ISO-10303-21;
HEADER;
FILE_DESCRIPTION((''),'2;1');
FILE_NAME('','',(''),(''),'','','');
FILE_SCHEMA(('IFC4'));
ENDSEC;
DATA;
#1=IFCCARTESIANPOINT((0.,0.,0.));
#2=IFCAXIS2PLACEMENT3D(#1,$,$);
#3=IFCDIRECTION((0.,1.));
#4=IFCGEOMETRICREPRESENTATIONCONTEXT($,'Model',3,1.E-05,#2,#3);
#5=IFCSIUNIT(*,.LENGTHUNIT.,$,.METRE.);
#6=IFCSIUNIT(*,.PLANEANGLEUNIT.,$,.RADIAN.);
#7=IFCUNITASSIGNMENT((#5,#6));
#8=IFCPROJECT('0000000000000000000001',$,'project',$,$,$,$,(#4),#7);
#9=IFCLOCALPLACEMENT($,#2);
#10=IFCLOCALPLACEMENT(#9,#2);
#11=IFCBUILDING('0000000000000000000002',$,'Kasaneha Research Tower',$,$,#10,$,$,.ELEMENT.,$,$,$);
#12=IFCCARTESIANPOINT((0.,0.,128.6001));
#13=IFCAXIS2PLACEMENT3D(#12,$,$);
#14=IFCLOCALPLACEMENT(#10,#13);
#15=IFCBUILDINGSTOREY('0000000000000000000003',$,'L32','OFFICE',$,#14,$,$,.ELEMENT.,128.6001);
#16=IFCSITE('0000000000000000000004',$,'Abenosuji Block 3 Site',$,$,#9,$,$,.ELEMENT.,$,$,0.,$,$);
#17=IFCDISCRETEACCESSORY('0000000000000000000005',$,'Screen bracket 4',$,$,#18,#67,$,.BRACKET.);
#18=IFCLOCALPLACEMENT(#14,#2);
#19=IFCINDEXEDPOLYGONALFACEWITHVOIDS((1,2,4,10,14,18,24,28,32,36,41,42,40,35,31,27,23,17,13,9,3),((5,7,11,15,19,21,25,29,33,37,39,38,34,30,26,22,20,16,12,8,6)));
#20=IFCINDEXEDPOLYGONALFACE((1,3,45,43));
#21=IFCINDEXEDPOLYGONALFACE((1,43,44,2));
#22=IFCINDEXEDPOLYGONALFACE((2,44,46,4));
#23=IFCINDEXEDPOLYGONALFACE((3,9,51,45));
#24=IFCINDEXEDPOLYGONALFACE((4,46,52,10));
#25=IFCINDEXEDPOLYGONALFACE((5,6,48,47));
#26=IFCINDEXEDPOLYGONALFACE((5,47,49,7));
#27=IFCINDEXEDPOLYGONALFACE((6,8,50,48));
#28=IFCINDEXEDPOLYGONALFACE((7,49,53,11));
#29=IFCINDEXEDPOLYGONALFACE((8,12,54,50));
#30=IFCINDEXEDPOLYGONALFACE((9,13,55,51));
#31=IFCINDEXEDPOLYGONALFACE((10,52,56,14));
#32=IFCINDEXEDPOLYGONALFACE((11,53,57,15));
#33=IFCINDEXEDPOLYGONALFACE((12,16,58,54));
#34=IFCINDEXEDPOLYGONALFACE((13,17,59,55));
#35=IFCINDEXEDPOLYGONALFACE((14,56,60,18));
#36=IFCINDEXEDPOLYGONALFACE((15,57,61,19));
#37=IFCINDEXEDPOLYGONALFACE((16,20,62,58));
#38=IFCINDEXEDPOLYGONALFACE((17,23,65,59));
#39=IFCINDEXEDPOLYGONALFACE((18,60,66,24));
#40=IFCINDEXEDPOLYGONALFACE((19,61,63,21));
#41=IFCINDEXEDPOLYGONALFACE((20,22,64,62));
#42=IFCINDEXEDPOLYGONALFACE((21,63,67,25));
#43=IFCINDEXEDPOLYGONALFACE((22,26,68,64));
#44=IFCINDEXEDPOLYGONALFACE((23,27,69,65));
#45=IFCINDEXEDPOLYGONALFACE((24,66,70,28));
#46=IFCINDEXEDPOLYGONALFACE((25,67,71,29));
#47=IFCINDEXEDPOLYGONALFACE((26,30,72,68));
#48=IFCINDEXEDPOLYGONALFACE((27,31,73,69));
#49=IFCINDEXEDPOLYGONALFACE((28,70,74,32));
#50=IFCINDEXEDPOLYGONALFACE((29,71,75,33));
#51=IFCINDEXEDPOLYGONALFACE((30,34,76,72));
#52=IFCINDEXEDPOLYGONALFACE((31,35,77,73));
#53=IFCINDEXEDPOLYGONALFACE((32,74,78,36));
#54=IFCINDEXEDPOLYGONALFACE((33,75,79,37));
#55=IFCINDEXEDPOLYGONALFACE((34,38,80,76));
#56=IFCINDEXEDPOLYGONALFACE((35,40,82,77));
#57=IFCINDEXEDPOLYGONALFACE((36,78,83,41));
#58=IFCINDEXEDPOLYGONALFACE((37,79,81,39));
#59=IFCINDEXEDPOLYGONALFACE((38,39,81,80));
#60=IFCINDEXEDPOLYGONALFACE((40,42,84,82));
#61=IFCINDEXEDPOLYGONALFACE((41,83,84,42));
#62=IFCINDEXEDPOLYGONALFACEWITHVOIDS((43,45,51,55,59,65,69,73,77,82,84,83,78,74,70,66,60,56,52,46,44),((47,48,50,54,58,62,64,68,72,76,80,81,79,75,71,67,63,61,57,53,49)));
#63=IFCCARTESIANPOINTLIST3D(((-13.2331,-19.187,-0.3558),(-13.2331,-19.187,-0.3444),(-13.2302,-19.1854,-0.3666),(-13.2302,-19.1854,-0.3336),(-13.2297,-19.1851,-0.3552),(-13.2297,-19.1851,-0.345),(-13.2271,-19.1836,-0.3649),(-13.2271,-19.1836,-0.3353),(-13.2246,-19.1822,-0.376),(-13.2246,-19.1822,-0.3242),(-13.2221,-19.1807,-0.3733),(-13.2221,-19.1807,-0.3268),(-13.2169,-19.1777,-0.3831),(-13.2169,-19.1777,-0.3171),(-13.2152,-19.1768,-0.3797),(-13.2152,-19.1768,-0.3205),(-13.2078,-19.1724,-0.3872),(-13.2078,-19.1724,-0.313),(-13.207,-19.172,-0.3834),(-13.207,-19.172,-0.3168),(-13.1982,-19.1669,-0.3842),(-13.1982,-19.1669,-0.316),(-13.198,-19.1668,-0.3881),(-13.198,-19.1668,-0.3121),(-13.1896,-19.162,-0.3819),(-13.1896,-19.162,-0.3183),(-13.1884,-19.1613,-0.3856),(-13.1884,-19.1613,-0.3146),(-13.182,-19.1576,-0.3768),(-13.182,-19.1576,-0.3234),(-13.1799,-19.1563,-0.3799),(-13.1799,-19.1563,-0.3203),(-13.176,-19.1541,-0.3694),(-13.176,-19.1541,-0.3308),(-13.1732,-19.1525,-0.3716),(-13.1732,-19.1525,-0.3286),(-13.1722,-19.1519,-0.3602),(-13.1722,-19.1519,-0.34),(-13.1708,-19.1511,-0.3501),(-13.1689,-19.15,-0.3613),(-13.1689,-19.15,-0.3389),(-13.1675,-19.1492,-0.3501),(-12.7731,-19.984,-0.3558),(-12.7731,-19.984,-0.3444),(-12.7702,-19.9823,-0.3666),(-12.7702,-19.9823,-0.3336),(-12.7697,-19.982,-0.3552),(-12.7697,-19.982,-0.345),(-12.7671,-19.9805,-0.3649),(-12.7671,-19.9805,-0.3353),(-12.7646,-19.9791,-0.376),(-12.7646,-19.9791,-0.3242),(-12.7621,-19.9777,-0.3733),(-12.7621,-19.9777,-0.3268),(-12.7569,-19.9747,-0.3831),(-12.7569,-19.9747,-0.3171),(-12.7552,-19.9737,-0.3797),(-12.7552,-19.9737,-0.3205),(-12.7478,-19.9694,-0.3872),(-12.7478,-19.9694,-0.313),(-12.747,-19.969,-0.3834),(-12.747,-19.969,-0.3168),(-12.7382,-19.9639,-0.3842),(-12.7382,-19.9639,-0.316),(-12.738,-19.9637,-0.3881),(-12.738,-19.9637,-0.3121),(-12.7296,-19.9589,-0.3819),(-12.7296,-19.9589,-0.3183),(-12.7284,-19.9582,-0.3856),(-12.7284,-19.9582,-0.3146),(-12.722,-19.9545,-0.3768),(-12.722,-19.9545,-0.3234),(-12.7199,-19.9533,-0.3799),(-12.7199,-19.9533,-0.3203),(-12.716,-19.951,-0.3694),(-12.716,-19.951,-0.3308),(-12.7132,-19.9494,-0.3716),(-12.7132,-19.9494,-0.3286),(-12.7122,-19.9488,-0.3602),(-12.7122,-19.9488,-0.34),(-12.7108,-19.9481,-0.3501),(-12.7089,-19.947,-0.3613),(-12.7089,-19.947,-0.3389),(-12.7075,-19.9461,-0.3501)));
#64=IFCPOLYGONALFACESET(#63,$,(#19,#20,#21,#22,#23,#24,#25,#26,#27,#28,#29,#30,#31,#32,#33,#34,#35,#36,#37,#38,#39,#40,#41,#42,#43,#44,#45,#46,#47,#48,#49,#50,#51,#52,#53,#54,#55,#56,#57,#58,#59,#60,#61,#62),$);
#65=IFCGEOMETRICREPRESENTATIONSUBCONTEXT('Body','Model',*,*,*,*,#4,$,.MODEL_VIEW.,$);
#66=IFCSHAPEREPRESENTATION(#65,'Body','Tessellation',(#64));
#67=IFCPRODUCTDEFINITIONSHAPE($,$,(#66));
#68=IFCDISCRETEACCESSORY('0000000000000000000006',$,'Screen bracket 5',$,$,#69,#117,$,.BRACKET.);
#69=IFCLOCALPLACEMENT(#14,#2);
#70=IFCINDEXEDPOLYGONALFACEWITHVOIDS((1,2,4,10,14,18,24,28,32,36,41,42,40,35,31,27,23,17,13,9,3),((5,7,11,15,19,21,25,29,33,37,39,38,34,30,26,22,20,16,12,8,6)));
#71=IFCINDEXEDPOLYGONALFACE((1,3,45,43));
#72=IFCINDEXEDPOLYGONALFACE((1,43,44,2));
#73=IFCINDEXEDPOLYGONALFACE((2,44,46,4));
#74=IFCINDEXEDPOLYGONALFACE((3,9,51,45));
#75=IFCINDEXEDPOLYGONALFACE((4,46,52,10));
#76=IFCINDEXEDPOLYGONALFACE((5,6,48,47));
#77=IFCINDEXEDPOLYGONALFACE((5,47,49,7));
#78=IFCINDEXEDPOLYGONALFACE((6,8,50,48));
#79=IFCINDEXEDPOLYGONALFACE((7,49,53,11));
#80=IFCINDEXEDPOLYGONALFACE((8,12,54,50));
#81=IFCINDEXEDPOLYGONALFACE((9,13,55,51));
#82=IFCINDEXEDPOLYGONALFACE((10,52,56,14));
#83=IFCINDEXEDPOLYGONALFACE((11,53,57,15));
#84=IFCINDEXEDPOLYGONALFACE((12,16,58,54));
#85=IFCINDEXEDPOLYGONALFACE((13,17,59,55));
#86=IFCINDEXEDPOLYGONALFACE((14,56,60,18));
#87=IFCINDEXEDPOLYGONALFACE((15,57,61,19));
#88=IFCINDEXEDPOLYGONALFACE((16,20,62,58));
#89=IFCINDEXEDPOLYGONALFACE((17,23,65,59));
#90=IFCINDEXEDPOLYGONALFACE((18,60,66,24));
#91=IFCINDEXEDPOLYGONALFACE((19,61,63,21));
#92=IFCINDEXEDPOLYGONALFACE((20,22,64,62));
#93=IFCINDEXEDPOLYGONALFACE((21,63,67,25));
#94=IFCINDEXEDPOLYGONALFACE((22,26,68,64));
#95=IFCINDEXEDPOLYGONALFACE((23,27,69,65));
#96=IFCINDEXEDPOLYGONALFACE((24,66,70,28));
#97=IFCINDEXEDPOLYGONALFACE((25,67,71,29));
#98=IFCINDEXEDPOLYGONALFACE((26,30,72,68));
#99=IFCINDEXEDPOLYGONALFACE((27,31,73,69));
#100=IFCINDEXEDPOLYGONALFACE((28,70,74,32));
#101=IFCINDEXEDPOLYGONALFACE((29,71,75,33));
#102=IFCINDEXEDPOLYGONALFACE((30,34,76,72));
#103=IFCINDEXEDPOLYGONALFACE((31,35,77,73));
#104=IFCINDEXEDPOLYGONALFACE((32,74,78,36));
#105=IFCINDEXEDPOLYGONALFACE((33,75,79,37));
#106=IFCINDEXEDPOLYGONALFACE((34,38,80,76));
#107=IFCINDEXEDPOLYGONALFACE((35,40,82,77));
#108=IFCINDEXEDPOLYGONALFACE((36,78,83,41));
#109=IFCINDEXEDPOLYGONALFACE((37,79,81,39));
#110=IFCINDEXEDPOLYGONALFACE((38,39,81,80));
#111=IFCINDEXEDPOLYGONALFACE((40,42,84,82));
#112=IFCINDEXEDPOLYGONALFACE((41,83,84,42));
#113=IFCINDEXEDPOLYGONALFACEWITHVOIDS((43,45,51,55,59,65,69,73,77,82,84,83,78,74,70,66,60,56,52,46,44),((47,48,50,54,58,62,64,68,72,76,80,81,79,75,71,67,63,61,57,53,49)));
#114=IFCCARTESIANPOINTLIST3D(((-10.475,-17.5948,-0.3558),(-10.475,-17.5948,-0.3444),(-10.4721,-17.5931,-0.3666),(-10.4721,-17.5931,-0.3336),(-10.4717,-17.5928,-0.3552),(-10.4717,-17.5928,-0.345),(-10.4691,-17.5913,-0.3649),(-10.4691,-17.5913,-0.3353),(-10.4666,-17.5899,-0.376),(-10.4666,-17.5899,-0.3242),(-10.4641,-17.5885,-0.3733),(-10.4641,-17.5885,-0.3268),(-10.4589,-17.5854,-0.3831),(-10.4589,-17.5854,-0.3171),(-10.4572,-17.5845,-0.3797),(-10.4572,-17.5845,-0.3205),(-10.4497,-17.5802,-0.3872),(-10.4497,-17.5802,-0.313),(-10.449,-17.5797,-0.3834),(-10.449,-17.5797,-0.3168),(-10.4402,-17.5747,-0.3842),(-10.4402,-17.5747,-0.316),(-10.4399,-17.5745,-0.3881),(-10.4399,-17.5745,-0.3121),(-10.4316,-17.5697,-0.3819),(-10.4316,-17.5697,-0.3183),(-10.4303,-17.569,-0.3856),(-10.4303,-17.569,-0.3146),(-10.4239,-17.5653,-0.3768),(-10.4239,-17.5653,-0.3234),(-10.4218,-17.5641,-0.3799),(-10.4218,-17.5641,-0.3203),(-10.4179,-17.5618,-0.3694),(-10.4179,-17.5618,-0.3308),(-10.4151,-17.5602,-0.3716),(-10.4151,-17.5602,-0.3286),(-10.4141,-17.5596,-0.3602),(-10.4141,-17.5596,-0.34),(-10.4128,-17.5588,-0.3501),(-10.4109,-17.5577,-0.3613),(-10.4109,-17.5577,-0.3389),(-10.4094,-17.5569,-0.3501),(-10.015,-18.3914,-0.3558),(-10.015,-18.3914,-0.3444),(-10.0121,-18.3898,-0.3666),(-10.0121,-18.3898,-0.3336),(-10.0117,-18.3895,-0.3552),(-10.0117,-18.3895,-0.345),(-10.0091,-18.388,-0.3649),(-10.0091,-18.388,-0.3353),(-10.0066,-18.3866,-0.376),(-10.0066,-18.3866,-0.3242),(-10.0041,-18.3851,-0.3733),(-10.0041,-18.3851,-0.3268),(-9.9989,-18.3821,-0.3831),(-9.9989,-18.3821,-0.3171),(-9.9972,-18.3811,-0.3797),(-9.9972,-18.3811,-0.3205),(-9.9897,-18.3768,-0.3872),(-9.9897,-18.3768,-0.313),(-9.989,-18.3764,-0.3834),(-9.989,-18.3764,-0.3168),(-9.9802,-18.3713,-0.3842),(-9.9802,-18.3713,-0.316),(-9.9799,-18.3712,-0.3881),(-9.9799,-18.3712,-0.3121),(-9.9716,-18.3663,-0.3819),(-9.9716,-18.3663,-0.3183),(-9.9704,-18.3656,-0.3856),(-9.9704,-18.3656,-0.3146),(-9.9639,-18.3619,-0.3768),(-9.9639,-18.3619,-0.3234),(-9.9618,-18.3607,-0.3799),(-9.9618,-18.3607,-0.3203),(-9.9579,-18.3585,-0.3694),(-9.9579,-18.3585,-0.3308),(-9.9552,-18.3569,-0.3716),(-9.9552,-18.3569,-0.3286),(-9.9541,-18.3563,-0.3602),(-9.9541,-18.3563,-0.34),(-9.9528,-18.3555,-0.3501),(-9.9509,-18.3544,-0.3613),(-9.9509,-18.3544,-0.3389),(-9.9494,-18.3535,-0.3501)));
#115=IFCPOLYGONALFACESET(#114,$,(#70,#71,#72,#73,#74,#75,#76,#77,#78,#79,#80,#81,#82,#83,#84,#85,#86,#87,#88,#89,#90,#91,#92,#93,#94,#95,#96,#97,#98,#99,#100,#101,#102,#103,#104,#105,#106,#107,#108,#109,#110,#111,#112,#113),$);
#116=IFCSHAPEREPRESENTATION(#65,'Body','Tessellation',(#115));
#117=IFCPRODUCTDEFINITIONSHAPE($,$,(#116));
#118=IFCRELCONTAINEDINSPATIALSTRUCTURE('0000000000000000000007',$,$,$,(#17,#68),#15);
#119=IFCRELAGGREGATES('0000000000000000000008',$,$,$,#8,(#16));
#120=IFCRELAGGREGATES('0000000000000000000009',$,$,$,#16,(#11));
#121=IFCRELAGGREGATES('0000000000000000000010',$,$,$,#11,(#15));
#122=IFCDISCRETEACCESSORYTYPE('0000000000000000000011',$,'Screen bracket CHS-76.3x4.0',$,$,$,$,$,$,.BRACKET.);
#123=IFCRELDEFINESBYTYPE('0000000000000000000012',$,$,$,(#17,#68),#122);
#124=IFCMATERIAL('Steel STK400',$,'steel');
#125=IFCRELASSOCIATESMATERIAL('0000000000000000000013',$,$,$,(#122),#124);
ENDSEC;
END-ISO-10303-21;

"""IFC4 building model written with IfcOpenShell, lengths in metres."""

from ifc_helpers import new_model, si_unit, direction, frame, origin, origin_2d, place, context, subcontext, project, spatial, hollow_circle, extrude, material, material_profile, profile_set, type_object, element, save


model = new_model("IFC4")

# Units and contexts
model_context = context("Model", 3, precision=1e-05, world=origin(), true_north=direction((0.0, 1.0)))
body_context = subcontext(model_context, "Body", "Model", "MODEL_VIEW")
ifc_project = project(units=[si_unit("LENGTHUNIT", "METRE"), si_unit("PLANEANGLEUNIT", "RADIAN")], contexts=[model_context])

# Site, building, storey
site_placement = place(None, origin())
site = spatial("IfcSite", under=ifc_project, at=site_placement, Name="Abenosuji Block 3 Site", CompositionType="ELEMENT", RefElevation=0.0)
building_placement = place(site_placement, origin())
building = spatial("IfcBuilding", under=site, at=building_placement, Name="Kasaneha Research Tower", CompositionType="ELEMENT")
storey_placement = place(building_placement, frame((0.0, 0.0, 128.6001)))
storey = spatial("IfcBuildingStorey", under=building, at=storey_placement, Name="L32", Description="OFFICE", CompositionType="ELEMENT", Elevation=128.6001)

# Discrete accessories
ifc_material_1 = material(Name="Steel STK400", Category="steel")
ifc_material_profile_1 = material_profile(ifc_material_1, hollow_circle(Radius=0.0381, WallThickness=0.0039, at=origin_2d()), Name="CHS-76.3x4.0")
ifc_profile_set_1 = profile_set([ifc_material_profile_1], Name="Steel STK400")
discrete_accessory_type = type_object("IfcDiscreteAccessoryType", Name="Screen bracket CHS-76.3x4.0", PredefinedType="BRACKET", material=ifc_profile_set_1)
discrete_accessory_1_placement = place(storey_placement, frame((-13.2004, -19.1682, -0.3501), z_axis=(0.499906, -0.86608, 0.0), x_axis=(0.86608, 0.499906, 0.0)))
element("IfcDiscreteAccessory", 1, at=discrete_accessory_1_placement, inside=storey, type_object=discrete_accessory_type, Name="Screen bracket 4", PredefinedType="BRACKET", context=body_context, shape_type="SweptSolid", body=[
    extrude(hollow_circle(Radius=0.0381, WallThickness=0.0039, at=origin_2d()), origin(), (0.0, 0.0, 1.0), 0.9202),
])
discrete_accessory_2_placement = place(storey_placement, frame((-10.4424, -17.5759, -0.3501), z_axis=(0.500021, -0.866013, 0.0), x_axis=(0.866013, 0.500021, 0.0)))
element("IfcDiscreteAccessory", 2, at=discrete_accessory_2_placement, inside=storey, type_object=discrete_accessory_type, Name="Screen bracket 5", PredefinedType="BRACKET", context=body_context, shape_type="SweptSolid", body=[
    extrude(hollow_circle(Radius=0.0381, WallThickness=0.0039, at=origin_2d()), origin(), (0.0, 0.0, 1.0), 0.9199),
])

save(model, "model.ifc")
